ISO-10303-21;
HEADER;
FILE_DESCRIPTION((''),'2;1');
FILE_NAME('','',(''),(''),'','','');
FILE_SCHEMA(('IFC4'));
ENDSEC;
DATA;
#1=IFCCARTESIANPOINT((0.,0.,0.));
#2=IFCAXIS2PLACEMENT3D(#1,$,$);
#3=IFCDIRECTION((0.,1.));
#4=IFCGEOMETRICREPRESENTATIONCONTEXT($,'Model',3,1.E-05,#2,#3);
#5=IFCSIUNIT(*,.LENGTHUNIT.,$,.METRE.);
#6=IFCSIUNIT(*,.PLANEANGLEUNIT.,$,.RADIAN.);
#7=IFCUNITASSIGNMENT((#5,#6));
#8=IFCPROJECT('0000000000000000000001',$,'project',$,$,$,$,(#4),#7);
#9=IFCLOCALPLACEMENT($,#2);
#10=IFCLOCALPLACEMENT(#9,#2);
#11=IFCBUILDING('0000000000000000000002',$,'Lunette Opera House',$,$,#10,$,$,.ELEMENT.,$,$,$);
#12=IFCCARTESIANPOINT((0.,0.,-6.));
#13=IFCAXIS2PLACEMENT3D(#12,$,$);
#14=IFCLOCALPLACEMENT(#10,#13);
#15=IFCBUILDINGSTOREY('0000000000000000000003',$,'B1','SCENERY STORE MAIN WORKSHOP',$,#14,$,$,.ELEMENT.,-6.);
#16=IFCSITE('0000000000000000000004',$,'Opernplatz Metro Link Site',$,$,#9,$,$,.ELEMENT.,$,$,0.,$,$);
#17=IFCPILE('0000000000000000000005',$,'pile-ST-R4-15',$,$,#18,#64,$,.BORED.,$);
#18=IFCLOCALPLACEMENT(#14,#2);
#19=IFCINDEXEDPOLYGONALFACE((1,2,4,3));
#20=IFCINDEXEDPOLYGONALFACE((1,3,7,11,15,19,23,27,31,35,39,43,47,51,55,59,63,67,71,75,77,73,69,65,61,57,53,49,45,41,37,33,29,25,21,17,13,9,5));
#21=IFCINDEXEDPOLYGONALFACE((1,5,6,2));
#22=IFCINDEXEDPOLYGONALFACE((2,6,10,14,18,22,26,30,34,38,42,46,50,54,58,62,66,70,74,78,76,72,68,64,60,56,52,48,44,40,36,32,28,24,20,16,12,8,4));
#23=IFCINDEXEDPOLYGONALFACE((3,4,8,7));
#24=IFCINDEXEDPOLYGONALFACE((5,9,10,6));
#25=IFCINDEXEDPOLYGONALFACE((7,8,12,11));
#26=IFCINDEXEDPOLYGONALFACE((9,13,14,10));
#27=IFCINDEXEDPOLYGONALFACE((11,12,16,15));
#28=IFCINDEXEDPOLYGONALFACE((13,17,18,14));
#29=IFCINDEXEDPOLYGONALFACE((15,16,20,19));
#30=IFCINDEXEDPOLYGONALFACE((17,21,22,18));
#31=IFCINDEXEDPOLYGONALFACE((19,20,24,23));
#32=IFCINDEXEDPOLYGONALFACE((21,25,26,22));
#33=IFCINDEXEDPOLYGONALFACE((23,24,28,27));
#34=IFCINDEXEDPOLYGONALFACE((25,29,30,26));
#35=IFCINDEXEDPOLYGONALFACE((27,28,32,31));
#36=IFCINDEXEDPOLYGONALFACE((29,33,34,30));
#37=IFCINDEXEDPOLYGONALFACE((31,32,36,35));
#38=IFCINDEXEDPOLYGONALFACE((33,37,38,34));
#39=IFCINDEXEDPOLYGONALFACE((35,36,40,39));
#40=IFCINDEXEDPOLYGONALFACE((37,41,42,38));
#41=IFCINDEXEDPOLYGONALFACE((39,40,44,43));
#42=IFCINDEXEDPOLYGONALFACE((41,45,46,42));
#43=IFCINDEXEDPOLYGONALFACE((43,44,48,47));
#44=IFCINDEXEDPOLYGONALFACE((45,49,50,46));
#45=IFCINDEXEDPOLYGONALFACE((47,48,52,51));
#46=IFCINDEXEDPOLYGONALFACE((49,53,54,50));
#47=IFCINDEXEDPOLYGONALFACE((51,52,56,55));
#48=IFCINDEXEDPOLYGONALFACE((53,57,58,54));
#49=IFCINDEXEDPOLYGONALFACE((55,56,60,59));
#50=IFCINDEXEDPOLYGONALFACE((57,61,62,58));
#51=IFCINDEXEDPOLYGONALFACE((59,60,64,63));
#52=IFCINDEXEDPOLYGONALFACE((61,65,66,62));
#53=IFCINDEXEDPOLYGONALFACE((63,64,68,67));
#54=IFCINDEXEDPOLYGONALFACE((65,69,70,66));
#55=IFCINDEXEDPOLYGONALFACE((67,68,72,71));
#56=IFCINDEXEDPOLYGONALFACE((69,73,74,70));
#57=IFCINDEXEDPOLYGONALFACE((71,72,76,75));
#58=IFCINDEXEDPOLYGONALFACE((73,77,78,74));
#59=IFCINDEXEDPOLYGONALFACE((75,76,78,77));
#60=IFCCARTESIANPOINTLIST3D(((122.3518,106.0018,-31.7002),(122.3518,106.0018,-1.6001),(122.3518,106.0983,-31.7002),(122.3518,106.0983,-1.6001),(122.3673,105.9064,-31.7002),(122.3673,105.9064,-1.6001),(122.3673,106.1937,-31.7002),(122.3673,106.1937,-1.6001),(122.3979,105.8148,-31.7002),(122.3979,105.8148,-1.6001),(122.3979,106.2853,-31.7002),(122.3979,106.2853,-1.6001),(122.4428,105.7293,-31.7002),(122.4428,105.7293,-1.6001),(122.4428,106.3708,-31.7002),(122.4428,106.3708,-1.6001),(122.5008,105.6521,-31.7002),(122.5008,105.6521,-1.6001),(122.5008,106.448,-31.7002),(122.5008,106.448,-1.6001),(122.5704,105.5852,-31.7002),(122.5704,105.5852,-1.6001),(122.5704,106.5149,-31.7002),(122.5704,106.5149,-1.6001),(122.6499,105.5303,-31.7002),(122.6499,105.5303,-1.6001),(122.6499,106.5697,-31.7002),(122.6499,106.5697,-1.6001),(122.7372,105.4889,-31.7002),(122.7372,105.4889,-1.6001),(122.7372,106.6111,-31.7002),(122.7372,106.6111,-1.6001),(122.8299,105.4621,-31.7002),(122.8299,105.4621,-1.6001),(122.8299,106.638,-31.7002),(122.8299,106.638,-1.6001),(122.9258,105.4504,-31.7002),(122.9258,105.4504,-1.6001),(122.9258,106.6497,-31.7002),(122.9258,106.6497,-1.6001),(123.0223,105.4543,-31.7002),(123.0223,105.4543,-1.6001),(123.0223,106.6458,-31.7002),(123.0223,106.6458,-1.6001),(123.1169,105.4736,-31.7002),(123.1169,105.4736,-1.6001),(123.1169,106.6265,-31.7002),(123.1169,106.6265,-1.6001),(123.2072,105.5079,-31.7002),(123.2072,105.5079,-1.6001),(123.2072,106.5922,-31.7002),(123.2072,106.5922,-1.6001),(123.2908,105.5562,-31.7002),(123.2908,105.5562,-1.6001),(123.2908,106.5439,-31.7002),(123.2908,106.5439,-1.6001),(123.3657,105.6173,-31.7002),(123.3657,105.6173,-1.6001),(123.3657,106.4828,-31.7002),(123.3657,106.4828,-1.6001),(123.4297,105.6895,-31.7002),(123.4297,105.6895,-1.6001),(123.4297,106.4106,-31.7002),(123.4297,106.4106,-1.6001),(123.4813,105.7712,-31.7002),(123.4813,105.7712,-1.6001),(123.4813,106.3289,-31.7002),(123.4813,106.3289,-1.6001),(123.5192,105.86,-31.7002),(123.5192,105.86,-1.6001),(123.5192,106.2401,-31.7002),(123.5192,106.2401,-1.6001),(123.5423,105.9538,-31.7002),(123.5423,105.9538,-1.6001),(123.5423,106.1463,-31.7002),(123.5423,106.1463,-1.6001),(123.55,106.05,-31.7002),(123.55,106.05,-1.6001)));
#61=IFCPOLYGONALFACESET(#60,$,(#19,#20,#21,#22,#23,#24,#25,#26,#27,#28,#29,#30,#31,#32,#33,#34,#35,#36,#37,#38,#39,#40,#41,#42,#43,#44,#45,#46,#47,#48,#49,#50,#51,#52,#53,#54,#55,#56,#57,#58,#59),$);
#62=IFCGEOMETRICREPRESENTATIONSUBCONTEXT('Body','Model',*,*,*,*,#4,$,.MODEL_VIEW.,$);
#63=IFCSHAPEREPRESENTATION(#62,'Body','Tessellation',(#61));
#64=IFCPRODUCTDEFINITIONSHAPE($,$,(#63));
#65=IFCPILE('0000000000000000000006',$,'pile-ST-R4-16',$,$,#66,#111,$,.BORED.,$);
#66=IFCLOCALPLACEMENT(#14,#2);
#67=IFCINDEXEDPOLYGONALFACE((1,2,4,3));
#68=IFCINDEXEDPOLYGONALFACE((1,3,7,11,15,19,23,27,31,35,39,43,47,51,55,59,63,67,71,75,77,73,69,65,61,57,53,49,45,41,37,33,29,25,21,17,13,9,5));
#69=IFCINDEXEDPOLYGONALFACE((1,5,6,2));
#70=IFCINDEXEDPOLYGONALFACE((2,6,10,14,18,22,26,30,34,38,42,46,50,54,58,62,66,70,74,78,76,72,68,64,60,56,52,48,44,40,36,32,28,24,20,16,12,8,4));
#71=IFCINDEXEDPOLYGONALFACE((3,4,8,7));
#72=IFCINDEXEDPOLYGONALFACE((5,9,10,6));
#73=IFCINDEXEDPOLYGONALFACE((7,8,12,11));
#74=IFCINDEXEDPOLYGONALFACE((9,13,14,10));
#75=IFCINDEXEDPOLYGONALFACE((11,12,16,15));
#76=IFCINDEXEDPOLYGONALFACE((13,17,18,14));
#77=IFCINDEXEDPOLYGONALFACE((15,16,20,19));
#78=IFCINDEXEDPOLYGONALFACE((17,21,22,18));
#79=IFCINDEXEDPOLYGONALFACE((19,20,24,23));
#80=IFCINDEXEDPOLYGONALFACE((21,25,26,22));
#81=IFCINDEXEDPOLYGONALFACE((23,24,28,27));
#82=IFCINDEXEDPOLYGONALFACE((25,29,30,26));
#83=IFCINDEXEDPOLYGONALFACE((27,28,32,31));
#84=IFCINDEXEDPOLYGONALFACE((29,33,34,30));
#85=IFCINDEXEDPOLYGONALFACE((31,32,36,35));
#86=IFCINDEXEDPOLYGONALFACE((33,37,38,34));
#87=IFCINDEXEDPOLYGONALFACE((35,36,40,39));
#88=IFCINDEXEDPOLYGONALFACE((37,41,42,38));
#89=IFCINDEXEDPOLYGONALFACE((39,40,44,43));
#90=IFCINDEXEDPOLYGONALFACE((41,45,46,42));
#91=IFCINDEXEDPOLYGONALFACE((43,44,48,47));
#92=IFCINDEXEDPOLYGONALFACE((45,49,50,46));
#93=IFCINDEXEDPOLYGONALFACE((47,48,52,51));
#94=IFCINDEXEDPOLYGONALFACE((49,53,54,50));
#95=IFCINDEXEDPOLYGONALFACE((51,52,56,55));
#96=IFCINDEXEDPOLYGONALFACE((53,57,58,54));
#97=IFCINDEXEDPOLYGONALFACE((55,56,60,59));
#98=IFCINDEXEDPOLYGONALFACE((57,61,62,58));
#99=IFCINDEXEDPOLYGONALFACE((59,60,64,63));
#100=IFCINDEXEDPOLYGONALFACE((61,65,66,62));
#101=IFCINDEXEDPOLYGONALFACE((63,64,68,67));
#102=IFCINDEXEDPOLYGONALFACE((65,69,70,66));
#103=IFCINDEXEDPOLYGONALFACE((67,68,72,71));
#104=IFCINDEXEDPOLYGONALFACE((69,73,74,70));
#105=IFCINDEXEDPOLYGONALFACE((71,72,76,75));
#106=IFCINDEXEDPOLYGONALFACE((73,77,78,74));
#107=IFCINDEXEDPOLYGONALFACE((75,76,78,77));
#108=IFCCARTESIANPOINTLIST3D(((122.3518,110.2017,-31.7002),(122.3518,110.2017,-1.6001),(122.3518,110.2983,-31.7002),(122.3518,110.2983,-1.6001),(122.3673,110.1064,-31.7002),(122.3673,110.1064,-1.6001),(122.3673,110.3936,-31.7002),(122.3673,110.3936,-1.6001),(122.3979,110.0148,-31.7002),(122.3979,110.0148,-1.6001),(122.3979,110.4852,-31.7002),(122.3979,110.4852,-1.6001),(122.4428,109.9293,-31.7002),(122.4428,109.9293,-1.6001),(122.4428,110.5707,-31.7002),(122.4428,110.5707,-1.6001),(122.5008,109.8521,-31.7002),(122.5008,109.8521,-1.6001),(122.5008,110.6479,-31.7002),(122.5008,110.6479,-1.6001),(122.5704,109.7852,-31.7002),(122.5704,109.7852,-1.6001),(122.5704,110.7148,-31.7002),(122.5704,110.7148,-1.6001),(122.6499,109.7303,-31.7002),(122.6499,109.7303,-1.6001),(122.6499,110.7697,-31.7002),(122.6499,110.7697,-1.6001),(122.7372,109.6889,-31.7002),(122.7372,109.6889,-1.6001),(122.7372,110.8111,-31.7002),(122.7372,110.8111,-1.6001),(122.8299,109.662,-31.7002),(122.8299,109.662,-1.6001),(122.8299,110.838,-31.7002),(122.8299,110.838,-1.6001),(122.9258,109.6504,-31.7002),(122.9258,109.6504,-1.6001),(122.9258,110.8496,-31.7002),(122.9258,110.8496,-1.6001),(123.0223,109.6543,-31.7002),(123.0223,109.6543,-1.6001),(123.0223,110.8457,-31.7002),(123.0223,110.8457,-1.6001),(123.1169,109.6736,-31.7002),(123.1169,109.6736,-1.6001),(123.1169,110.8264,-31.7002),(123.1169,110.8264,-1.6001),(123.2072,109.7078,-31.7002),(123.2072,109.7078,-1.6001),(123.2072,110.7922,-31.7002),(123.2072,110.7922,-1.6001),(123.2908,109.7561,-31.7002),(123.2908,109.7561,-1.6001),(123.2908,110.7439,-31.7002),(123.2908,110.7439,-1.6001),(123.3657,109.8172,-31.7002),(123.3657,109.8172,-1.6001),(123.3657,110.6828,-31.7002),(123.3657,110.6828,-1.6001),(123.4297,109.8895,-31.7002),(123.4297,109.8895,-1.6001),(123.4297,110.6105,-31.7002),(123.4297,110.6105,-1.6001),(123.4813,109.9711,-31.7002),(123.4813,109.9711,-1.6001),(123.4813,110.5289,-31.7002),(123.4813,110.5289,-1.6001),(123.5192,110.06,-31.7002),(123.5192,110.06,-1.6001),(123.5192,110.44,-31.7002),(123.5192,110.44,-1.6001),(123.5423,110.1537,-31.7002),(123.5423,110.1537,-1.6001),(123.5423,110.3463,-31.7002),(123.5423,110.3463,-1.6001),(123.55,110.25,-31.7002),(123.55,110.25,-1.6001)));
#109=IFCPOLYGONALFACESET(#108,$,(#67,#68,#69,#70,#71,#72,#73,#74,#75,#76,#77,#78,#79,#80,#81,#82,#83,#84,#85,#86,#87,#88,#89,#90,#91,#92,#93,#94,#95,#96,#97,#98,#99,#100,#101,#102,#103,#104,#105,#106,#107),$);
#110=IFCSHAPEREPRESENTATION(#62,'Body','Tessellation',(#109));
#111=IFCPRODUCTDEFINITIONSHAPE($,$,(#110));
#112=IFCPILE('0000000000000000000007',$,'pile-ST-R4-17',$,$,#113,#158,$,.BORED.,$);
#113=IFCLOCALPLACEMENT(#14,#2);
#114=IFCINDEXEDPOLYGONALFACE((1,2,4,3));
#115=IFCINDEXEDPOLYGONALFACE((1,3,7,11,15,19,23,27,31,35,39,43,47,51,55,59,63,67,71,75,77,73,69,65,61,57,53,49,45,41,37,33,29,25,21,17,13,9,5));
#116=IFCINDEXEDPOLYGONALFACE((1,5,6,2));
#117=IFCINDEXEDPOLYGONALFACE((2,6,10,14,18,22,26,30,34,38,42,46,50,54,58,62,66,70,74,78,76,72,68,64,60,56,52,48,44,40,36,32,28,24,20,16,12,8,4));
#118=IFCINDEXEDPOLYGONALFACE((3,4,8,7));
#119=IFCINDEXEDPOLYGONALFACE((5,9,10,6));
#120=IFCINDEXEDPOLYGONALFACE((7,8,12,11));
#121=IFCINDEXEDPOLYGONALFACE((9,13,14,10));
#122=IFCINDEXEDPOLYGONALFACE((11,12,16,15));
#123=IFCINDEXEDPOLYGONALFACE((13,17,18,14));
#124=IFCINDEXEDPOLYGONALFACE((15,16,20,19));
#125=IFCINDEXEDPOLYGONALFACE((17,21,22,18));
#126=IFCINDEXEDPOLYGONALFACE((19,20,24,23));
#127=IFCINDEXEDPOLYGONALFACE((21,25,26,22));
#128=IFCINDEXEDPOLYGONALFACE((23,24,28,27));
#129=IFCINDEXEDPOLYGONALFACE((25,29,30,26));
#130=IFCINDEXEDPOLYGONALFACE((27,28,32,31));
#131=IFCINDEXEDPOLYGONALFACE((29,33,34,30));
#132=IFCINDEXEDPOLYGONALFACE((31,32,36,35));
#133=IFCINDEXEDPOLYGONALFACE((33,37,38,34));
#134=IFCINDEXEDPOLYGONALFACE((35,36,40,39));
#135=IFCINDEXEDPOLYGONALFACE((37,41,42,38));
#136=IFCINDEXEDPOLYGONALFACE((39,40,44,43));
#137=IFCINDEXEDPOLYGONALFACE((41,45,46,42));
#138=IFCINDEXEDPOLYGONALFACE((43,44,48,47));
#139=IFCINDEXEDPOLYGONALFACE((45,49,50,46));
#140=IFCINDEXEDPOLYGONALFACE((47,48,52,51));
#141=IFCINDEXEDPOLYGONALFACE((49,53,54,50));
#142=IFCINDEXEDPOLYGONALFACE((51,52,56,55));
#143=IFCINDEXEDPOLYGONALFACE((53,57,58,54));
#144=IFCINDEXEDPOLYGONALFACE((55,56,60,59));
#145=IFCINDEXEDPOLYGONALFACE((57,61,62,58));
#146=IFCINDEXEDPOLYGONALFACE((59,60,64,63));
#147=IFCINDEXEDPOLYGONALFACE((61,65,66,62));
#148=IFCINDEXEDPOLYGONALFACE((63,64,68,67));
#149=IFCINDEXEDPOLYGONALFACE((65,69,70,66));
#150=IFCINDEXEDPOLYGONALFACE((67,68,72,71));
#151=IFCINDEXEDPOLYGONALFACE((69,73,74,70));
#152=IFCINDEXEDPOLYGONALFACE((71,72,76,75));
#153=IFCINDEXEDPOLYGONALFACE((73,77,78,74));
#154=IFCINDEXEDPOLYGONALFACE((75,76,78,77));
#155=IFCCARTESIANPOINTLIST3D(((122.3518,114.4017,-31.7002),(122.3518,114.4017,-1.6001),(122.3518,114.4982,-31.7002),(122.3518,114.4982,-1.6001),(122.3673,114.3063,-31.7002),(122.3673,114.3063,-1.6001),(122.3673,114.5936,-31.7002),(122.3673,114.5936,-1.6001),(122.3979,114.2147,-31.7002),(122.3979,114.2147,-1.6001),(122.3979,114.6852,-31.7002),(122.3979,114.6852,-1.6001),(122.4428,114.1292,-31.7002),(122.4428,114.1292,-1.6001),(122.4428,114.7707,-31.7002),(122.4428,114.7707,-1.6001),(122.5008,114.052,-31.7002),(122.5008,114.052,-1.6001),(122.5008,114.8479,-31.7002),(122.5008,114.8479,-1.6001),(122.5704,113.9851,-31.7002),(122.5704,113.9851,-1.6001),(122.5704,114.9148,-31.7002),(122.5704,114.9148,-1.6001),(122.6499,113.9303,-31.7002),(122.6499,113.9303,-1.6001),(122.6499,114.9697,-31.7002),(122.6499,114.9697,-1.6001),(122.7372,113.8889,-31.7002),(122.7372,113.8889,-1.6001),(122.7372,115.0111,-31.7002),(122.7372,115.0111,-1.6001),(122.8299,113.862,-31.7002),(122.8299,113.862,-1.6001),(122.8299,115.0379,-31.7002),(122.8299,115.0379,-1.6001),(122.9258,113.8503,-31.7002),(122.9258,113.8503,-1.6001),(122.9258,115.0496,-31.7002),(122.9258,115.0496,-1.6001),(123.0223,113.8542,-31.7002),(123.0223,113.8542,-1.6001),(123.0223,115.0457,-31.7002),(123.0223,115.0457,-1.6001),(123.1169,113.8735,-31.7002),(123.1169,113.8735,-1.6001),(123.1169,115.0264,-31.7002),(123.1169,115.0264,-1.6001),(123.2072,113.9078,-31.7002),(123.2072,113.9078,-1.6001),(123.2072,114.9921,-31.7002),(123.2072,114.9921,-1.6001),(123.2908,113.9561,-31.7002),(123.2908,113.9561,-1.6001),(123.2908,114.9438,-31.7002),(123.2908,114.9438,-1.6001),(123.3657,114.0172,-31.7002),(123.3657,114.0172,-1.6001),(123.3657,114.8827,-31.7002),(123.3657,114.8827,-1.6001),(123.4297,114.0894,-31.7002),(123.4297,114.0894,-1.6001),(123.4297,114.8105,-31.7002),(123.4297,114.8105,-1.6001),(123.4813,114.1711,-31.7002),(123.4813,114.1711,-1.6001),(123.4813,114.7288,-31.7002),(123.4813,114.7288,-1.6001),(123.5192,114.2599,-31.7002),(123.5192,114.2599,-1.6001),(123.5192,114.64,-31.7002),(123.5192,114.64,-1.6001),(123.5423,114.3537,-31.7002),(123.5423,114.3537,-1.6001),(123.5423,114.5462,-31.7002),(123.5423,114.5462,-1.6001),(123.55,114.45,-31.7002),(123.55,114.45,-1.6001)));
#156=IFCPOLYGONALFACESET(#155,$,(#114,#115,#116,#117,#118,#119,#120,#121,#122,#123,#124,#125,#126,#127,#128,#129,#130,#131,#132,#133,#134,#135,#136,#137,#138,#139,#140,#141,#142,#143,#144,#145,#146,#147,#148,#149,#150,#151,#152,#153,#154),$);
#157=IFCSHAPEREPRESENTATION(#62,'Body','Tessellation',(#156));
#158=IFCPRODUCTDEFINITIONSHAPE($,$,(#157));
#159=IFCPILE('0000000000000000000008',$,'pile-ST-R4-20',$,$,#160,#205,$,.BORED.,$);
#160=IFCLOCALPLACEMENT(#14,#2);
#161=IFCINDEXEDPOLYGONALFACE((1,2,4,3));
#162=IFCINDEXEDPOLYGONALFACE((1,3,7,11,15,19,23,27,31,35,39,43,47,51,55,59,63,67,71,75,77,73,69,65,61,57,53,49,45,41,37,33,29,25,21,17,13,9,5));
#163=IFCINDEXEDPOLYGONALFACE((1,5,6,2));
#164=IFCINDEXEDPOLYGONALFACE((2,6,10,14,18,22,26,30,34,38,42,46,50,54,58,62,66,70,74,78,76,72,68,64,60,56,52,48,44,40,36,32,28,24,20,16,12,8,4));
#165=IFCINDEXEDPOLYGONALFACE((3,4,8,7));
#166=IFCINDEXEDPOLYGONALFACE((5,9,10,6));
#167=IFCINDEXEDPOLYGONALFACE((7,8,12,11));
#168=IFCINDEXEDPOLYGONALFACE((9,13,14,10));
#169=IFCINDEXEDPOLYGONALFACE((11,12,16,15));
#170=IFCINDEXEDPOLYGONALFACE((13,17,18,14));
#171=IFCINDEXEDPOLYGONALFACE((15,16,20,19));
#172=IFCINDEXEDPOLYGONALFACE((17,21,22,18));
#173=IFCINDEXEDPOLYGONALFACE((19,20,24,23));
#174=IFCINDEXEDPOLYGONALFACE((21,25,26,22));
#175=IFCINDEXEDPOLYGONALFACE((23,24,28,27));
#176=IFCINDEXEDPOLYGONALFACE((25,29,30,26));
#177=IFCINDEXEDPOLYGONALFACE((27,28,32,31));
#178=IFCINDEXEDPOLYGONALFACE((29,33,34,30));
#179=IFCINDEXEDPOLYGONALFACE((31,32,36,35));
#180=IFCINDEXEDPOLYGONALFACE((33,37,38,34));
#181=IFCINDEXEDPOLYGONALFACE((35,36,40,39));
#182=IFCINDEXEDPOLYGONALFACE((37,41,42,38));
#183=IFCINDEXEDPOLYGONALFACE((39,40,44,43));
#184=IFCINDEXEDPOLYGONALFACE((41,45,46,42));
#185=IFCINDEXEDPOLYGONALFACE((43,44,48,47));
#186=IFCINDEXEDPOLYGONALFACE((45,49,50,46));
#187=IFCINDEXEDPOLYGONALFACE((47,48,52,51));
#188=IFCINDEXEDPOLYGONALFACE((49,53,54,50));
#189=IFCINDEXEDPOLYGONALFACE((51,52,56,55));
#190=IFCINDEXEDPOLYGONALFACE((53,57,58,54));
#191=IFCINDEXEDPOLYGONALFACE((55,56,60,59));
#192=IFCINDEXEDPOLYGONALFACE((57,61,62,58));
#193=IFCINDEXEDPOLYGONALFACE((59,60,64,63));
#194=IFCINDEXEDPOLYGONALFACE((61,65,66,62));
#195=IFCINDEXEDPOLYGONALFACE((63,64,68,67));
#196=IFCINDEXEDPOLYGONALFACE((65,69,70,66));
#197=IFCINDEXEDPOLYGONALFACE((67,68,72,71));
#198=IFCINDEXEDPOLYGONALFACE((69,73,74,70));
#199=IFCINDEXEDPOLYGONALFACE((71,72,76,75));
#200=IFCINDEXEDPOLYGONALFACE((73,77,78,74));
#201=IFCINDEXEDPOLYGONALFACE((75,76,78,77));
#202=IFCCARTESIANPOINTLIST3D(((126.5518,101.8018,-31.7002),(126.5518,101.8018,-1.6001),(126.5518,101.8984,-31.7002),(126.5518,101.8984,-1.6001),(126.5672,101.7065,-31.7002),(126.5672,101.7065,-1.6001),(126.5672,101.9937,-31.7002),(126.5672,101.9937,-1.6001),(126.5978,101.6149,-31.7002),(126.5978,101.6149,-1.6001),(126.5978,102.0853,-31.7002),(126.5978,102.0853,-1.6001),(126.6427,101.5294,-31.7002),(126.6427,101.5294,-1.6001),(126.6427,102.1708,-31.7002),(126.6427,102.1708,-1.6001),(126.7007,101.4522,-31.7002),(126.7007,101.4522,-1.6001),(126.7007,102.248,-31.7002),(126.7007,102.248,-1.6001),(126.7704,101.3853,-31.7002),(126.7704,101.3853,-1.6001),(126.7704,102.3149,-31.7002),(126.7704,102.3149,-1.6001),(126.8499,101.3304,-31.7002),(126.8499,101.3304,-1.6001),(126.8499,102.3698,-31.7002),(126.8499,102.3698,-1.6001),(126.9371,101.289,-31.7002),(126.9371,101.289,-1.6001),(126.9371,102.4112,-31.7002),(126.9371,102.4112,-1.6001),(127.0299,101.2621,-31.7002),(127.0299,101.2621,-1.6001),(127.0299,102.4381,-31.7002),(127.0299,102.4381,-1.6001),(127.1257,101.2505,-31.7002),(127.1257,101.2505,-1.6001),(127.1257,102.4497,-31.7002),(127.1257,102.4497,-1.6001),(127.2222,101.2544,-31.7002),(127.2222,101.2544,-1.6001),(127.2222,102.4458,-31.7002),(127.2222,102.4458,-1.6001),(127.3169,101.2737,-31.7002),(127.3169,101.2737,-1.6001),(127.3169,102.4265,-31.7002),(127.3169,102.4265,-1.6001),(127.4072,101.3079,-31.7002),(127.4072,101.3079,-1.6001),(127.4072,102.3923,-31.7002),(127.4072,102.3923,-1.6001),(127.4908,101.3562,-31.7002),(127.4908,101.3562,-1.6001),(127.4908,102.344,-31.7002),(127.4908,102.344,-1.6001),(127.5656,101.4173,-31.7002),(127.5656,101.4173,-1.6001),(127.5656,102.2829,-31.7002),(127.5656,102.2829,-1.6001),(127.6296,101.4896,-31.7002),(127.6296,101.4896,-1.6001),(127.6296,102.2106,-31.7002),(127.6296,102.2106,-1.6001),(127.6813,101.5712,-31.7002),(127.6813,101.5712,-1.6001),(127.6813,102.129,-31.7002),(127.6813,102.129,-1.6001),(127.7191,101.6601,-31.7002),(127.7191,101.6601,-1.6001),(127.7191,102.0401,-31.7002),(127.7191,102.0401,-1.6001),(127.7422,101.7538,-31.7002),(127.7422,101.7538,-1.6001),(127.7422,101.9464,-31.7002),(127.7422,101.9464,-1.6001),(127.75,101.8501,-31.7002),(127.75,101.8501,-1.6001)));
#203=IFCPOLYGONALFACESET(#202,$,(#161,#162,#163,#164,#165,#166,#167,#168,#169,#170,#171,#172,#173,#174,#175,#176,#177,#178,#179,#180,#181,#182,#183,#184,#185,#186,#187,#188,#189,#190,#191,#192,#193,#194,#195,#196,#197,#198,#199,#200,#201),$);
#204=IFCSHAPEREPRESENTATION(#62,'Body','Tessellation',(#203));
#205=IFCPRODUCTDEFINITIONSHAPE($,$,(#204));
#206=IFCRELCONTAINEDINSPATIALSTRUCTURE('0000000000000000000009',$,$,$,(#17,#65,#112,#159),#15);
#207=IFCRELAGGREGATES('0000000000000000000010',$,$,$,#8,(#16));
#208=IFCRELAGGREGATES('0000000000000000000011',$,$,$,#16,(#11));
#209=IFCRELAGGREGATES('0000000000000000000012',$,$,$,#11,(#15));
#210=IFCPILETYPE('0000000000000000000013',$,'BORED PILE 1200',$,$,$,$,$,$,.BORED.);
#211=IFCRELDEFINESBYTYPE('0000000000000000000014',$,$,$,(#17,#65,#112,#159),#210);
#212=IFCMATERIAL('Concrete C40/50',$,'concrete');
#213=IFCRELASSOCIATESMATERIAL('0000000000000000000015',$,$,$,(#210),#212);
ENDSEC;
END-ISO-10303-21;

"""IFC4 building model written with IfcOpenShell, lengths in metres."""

from ifc_helpers import new_model, si_unit, direction, frame, origin, origin_2d, place, context, subcontext, project, spatial, circle, extrude, material, material_profile, profile_set, type_object, element, save


model = new_model("IFC4")

# Units and contexts
model_context = context("Model", 3, precision=1e-05, world=origin(), true_north=direction((0.0, 1.0)))
body_context = subcontext(model_context, "Body", "Model", "MODEL_VIEW")
ifc_project = project(units=[si_unit("LENGTHUNIT", "METRE"), si_unit("PLANEANGLEUNIT", "RADIAN")], contexts=[model_context])

# Site, building, storey
site_placement = place(None, origin())
site = spatial("IfcSite", under=ifc_project, at=site_placement, Name="Opernplatz Metro Link Site", CompositionType="ELEMENT", RefElevation=0.0)
building_placement = place(site_placement, origin())
building = spatial("IfcBuilding", under=site, at=building_placement, Name="Lunette Opera House", CompositionType="ELEMENT")
storey_placement = place(building_placement, frame((0.0, 0.0, -6.0)))
storey = spatial("IfcBuildingStorey", under=building, at=storey_placement, Name="B1", Description="SCENERY STORE MAIN WORKSHOP", CompositionType="ELEMENT", Elevation=-6.0)

# Piles
ifc_material_1 = material(Name="Concrete C40/50", Category="concrete")
ifc_material_profile_1 = material_profile(ifc_material_1, circle(Radius=0.6001, at=origin_2d()), Name="BORED PILE 1200")
ifc_profile_set_1 = profile_set([ifc_material_profile_1], Name="Concrete C40/50")
pile_type = type_object("IfcPileType", Name="BORED PILE 1200", PredefinedType="BORED", material=ifc_profile_set_1)
for number, where, z_axis, x_axis, name in (
    (1, (122.95, 106.05, -1.6001), (0.0, 0.0, -1.0), (1.0, 0.0, 0.0), "pile-ST-R4-15"),
    (2, (122.95, 110.25, -1.6001), (0.0, 0.0, -1.0), (1.0, 0.0, 0.0), "pile-ST-R4-16"),
    (3, (122.95, 114.45, -1.6001), (0.0, 0.0, -1.0), (1.0, 0.0, 0.0), "pile-ST-R4-17"),
    (4, (127.1499, 101.8501, -1.6001), (0.0, 0.0, -1.0), (1.0, 0.0, 0.0), "pile-ST-R4-20"),
):
    element("IfcPile", number, at=place(storey_placement, frame(where, z_axis=z_axis, x_axis=x_axis)), inside=storey, type_object=pile_type, Name=name, PredefinedType="BORED", context=body_context, shape_type="SweptSolid", body=[
        extrude(circle(Radius=0.6001, at=origin_2d()), origin(), (0.0, 0.0, 1.0), 30.1001),
    ])

save(model, "model.ifc")
